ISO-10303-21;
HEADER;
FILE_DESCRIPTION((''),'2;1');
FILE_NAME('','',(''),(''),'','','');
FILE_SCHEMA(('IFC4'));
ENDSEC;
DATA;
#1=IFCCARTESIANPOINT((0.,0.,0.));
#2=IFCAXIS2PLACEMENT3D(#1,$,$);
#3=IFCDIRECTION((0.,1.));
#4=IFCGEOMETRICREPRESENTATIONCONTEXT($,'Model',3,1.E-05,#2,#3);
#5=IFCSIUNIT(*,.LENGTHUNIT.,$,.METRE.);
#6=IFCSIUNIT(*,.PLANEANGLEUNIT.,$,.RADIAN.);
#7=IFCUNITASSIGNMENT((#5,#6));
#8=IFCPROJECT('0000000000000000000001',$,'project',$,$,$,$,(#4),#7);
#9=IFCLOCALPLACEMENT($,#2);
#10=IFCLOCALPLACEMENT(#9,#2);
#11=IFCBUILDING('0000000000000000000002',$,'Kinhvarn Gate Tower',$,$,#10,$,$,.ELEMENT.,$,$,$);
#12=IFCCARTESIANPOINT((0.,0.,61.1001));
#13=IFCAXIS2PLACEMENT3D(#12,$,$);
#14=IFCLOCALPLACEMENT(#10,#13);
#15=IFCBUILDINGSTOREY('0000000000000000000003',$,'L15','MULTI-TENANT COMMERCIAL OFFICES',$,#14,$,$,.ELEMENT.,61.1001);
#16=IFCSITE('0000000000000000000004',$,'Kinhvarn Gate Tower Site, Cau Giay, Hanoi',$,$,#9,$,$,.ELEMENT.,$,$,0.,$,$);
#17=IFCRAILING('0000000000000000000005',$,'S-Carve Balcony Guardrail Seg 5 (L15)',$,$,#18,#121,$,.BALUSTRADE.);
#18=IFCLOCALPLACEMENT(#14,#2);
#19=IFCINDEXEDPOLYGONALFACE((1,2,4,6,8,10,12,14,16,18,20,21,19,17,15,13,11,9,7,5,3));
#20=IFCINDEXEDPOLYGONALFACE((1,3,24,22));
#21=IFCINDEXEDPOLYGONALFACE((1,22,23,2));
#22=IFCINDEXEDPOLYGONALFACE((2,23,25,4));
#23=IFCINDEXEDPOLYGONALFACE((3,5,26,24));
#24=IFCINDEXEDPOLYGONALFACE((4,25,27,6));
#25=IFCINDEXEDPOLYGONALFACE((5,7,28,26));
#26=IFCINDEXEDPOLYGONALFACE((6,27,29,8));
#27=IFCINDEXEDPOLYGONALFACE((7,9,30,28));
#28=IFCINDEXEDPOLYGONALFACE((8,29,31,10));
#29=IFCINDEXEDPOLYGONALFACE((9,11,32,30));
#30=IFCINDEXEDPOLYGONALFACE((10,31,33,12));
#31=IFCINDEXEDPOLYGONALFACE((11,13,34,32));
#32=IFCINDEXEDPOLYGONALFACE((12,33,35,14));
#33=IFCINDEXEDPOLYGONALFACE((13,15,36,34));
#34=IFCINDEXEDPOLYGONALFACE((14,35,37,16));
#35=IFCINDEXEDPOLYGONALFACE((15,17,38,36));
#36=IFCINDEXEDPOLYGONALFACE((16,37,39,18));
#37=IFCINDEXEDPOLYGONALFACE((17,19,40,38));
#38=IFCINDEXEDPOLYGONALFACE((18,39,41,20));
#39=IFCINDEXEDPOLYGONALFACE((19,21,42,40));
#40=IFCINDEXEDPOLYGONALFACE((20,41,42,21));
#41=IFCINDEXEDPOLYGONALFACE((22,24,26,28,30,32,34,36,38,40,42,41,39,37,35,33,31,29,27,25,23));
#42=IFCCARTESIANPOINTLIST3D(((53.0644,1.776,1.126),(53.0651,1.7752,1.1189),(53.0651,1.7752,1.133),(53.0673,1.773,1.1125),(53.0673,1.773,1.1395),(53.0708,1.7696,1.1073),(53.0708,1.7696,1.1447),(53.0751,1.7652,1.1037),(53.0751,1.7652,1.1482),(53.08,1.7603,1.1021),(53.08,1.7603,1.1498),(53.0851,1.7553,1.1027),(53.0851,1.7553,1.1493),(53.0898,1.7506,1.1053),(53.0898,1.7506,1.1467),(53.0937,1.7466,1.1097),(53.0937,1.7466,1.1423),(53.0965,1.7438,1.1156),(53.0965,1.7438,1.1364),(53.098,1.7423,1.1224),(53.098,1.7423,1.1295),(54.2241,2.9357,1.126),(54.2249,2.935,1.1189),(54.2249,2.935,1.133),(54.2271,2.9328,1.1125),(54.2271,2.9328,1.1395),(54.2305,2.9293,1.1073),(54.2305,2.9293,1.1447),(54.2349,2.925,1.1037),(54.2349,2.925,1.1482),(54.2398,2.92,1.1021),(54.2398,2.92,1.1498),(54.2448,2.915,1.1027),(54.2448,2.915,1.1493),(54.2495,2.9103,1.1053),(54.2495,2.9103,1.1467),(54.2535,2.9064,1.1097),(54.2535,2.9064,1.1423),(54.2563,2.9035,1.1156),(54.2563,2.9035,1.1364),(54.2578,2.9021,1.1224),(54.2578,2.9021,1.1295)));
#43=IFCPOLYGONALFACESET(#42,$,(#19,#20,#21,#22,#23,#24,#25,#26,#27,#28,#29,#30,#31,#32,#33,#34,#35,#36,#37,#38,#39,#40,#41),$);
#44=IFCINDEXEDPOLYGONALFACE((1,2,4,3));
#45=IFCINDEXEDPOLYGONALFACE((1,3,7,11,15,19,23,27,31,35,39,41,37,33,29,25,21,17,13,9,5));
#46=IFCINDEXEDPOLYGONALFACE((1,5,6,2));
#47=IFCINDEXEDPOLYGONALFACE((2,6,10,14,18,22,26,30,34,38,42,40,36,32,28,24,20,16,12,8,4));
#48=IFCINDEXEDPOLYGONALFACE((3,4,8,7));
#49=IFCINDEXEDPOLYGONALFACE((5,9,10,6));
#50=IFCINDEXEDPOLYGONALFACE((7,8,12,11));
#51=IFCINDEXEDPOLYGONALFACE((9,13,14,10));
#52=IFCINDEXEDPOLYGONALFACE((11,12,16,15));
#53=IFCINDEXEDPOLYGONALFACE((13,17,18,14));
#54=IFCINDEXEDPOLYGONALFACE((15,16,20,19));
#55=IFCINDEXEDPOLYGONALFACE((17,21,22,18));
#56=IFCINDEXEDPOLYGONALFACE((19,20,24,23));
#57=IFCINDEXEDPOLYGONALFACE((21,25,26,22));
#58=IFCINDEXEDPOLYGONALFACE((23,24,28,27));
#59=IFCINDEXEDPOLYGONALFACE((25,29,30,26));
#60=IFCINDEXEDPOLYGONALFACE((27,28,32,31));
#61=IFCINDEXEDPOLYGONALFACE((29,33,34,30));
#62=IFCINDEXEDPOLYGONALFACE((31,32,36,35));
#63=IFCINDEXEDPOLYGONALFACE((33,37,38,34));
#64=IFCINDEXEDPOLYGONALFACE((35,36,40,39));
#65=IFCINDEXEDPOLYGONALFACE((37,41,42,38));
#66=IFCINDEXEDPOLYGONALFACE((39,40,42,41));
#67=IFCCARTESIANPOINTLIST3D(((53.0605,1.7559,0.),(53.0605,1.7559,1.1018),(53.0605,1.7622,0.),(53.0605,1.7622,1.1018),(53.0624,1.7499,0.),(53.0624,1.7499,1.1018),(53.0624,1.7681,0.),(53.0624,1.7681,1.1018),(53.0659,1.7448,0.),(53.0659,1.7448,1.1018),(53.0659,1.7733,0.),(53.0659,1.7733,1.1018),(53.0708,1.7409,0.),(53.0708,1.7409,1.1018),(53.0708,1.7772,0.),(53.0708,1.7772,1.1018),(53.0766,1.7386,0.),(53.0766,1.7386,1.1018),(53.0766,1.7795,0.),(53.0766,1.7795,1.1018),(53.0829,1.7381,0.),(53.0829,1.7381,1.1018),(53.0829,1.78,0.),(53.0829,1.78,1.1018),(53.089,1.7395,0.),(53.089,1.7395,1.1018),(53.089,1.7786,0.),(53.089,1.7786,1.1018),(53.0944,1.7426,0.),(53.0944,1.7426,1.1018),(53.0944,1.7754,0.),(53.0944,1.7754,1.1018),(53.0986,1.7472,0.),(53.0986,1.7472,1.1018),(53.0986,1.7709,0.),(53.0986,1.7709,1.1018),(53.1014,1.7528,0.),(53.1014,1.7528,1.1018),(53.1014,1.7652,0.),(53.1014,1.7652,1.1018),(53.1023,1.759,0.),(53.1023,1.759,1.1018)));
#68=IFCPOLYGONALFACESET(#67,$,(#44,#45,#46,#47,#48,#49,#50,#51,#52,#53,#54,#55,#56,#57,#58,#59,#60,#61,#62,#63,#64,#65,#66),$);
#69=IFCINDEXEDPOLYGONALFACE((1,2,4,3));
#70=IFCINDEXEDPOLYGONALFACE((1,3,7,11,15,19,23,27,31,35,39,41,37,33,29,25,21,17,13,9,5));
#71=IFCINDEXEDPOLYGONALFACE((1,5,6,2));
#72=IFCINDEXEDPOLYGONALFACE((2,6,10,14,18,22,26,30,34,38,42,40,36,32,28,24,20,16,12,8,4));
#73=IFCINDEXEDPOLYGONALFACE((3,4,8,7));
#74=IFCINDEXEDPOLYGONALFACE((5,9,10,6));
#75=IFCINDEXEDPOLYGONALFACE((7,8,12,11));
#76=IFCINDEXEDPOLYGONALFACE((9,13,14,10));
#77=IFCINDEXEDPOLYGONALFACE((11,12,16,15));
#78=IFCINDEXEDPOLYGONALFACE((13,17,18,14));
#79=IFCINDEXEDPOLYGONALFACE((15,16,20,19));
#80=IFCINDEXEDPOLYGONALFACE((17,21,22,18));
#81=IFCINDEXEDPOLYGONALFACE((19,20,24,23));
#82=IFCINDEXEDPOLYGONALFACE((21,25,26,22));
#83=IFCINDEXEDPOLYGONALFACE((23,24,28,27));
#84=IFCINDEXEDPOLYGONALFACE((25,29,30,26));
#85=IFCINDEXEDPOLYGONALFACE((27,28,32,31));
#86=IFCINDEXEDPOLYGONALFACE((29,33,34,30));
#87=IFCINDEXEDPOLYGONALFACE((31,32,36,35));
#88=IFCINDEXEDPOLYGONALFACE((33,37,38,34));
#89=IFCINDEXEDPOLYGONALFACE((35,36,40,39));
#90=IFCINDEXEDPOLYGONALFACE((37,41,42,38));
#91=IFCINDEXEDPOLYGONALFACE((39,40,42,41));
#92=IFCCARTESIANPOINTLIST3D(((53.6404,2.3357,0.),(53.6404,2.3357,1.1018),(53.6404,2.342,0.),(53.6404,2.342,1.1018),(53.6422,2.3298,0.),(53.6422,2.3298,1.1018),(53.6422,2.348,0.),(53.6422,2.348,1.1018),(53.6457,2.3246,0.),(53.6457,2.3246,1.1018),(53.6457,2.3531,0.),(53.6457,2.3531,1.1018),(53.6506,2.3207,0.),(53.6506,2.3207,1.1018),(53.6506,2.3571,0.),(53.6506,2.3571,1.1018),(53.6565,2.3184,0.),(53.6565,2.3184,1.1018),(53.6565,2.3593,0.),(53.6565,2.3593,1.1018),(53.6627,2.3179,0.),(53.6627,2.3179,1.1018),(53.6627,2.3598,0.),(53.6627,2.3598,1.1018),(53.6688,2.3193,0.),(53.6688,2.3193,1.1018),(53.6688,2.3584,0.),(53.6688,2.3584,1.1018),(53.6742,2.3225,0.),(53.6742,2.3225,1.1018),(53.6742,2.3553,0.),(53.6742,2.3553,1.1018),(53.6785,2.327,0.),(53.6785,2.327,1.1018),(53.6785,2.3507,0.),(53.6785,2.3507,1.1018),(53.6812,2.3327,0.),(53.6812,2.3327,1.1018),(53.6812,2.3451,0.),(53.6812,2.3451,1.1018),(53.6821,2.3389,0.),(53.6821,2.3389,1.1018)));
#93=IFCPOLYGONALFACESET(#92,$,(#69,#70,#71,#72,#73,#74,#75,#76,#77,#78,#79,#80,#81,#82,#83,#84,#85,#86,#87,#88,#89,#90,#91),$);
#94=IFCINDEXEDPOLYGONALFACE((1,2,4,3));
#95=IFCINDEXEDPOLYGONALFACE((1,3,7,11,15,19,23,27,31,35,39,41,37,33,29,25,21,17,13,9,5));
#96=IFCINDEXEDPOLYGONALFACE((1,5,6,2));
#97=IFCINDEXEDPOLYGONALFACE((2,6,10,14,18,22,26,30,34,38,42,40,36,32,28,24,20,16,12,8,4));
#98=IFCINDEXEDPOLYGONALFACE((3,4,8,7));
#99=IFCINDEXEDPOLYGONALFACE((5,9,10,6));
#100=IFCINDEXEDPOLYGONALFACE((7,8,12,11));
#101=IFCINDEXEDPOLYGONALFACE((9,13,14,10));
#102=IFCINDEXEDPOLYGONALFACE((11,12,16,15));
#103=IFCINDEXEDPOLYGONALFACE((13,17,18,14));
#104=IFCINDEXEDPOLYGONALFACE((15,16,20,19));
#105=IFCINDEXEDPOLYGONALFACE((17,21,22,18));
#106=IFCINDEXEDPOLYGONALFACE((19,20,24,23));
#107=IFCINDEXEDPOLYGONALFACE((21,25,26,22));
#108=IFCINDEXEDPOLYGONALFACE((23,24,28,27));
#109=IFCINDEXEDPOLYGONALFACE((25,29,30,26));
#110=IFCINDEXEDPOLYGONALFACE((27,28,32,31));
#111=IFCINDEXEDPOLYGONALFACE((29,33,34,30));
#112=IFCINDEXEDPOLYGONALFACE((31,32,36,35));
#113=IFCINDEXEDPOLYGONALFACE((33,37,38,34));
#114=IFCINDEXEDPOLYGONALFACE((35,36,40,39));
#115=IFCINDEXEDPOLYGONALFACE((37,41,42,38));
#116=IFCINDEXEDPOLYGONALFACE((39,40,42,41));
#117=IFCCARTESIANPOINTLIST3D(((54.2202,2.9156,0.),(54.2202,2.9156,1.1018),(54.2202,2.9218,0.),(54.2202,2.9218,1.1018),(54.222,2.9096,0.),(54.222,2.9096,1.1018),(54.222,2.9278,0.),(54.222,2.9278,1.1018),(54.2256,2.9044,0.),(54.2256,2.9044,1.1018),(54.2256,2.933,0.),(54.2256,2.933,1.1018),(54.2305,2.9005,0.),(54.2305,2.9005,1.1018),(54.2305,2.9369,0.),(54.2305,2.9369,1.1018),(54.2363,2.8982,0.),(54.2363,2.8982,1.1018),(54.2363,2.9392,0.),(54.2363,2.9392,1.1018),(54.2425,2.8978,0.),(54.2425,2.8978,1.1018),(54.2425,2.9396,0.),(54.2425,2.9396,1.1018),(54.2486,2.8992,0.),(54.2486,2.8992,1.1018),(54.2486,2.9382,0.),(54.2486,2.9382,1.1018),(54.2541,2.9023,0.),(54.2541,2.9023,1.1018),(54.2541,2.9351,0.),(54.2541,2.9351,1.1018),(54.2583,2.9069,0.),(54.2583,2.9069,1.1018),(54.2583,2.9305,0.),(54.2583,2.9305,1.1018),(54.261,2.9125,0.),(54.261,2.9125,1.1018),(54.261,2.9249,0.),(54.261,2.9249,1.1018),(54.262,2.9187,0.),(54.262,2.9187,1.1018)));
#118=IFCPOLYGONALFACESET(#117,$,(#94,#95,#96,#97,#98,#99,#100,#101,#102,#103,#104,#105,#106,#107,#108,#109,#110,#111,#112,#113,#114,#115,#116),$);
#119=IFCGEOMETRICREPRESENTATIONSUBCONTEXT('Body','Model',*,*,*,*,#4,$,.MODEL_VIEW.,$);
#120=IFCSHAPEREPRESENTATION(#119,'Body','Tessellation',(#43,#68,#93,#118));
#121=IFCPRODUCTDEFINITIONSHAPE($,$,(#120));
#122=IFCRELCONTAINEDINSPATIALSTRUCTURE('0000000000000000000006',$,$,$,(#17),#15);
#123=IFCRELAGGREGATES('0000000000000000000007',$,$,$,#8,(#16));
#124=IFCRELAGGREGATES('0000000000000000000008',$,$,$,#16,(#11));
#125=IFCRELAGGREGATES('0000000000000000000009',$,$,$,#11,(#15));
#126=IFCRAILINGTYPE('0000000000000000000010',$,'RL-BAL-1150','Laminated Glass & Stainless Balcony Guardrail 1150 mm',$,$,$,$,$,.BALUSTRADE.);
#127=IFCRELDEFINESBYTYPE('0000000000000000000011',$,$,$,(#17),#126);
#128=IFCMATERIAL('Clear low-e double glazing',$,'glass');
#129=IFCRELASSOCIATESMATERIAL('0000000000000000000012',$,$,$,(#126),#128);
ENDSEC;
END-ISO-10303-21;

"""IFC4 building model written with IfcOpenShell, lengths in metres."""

from ifc_helpers import new_model, si_unit, direction, frame, origin, origin_2d, place, context, subcontext, project, spatial, circle, extrude, material, type_object, element, save


model = new_model("IFC4")

# Units and contexts
model_context = context("Model", 3, precision=1e-05, world=origin(), true_north=direction((0.0, 1.0)))
body_context = subcontext(model_context, "Body", "Model", "MODEL_VIEW")
ifc_project = project(units=[si_unit("LENGTHUNIT", "METRE"), si_unit("PLANEANGLEUNIT", "RADIAN")], contexts=[model_context])

# Site, building, storey
site_placement = place(None, origin())
site = spatial("IfcSite", under=ifc_project, at=site_placement, Name="Kinhvarn Gate Tower Site, Cau Giay, Hanoi", CompositionType="ELEMENT", RefElevation=0.0)
building_placement = place(site_placement, origin())
building = spatial("IfcBuilding", under=site, at=building_placement, Name="Kinhvarn Gate Tower", CompositionType="ELEMENT")
storey_placement = place(building_placement, frame((0.0, 0.0, 61.1001)))
storey = spatial("IfcBuildingStorey", under=building, at=storey_placement, Name="L15", Description="MULTI-TENANT COMMERCIAL OFFICES", CompositionType="ELEMENT", Elevation=61.1001)

# Shared definitions
ifc_material_1 = material(Name="Clear low-e double glazing", Category="glass")

# Railing
railing_type = type_object("IfcRailingType", Name="RL-BAL-1150", Description="Laminated Glass & Stainless Balcony Guardrail 1150 mm", PredefinedType="BALUSTRADE", material=ifc_material_1)
railing_1_placement = place(storey_placement, frame((53.0813, 1.759, 0.0)))
element("IfcRailing", 1, at=railing_1_placement, inside=storey, type_object=railing_type, Name="S-Carve Balcony Guardrail Seg 5 (L15)", PredefinedType="BALUSTRADE", context=body_context, shape_type="SweptSolid", body=[
    extrude(circle(Radius=0.0239, at=origin_2d()), frame((0.0, 0.0, 1.126), z_axis=(0.707107, 0.707107, 0.0), x_axis=(-0.707107, 0.707107, 0.0)), (0.0, 0.0, 1.0), 1.6401),
    extrude(circle(Radius=0.021, at=origin_2d()), origin(), (0.0, 0.0, 1.0), 1.1018),
    extrude(circle(Radius=0.021, at=origin_2d()), frame((0.5798, 0.5798, 0.0)), (0.0, 0.0, 1.0), 1.1018),
    extrude(circle(Radius=0.021, at=origin_2d()), frame((1.1597, 1.1597, 0.0)), (0.0, 0.0, 1.0), 1.1018),
])

save(model, "model.ifc")
